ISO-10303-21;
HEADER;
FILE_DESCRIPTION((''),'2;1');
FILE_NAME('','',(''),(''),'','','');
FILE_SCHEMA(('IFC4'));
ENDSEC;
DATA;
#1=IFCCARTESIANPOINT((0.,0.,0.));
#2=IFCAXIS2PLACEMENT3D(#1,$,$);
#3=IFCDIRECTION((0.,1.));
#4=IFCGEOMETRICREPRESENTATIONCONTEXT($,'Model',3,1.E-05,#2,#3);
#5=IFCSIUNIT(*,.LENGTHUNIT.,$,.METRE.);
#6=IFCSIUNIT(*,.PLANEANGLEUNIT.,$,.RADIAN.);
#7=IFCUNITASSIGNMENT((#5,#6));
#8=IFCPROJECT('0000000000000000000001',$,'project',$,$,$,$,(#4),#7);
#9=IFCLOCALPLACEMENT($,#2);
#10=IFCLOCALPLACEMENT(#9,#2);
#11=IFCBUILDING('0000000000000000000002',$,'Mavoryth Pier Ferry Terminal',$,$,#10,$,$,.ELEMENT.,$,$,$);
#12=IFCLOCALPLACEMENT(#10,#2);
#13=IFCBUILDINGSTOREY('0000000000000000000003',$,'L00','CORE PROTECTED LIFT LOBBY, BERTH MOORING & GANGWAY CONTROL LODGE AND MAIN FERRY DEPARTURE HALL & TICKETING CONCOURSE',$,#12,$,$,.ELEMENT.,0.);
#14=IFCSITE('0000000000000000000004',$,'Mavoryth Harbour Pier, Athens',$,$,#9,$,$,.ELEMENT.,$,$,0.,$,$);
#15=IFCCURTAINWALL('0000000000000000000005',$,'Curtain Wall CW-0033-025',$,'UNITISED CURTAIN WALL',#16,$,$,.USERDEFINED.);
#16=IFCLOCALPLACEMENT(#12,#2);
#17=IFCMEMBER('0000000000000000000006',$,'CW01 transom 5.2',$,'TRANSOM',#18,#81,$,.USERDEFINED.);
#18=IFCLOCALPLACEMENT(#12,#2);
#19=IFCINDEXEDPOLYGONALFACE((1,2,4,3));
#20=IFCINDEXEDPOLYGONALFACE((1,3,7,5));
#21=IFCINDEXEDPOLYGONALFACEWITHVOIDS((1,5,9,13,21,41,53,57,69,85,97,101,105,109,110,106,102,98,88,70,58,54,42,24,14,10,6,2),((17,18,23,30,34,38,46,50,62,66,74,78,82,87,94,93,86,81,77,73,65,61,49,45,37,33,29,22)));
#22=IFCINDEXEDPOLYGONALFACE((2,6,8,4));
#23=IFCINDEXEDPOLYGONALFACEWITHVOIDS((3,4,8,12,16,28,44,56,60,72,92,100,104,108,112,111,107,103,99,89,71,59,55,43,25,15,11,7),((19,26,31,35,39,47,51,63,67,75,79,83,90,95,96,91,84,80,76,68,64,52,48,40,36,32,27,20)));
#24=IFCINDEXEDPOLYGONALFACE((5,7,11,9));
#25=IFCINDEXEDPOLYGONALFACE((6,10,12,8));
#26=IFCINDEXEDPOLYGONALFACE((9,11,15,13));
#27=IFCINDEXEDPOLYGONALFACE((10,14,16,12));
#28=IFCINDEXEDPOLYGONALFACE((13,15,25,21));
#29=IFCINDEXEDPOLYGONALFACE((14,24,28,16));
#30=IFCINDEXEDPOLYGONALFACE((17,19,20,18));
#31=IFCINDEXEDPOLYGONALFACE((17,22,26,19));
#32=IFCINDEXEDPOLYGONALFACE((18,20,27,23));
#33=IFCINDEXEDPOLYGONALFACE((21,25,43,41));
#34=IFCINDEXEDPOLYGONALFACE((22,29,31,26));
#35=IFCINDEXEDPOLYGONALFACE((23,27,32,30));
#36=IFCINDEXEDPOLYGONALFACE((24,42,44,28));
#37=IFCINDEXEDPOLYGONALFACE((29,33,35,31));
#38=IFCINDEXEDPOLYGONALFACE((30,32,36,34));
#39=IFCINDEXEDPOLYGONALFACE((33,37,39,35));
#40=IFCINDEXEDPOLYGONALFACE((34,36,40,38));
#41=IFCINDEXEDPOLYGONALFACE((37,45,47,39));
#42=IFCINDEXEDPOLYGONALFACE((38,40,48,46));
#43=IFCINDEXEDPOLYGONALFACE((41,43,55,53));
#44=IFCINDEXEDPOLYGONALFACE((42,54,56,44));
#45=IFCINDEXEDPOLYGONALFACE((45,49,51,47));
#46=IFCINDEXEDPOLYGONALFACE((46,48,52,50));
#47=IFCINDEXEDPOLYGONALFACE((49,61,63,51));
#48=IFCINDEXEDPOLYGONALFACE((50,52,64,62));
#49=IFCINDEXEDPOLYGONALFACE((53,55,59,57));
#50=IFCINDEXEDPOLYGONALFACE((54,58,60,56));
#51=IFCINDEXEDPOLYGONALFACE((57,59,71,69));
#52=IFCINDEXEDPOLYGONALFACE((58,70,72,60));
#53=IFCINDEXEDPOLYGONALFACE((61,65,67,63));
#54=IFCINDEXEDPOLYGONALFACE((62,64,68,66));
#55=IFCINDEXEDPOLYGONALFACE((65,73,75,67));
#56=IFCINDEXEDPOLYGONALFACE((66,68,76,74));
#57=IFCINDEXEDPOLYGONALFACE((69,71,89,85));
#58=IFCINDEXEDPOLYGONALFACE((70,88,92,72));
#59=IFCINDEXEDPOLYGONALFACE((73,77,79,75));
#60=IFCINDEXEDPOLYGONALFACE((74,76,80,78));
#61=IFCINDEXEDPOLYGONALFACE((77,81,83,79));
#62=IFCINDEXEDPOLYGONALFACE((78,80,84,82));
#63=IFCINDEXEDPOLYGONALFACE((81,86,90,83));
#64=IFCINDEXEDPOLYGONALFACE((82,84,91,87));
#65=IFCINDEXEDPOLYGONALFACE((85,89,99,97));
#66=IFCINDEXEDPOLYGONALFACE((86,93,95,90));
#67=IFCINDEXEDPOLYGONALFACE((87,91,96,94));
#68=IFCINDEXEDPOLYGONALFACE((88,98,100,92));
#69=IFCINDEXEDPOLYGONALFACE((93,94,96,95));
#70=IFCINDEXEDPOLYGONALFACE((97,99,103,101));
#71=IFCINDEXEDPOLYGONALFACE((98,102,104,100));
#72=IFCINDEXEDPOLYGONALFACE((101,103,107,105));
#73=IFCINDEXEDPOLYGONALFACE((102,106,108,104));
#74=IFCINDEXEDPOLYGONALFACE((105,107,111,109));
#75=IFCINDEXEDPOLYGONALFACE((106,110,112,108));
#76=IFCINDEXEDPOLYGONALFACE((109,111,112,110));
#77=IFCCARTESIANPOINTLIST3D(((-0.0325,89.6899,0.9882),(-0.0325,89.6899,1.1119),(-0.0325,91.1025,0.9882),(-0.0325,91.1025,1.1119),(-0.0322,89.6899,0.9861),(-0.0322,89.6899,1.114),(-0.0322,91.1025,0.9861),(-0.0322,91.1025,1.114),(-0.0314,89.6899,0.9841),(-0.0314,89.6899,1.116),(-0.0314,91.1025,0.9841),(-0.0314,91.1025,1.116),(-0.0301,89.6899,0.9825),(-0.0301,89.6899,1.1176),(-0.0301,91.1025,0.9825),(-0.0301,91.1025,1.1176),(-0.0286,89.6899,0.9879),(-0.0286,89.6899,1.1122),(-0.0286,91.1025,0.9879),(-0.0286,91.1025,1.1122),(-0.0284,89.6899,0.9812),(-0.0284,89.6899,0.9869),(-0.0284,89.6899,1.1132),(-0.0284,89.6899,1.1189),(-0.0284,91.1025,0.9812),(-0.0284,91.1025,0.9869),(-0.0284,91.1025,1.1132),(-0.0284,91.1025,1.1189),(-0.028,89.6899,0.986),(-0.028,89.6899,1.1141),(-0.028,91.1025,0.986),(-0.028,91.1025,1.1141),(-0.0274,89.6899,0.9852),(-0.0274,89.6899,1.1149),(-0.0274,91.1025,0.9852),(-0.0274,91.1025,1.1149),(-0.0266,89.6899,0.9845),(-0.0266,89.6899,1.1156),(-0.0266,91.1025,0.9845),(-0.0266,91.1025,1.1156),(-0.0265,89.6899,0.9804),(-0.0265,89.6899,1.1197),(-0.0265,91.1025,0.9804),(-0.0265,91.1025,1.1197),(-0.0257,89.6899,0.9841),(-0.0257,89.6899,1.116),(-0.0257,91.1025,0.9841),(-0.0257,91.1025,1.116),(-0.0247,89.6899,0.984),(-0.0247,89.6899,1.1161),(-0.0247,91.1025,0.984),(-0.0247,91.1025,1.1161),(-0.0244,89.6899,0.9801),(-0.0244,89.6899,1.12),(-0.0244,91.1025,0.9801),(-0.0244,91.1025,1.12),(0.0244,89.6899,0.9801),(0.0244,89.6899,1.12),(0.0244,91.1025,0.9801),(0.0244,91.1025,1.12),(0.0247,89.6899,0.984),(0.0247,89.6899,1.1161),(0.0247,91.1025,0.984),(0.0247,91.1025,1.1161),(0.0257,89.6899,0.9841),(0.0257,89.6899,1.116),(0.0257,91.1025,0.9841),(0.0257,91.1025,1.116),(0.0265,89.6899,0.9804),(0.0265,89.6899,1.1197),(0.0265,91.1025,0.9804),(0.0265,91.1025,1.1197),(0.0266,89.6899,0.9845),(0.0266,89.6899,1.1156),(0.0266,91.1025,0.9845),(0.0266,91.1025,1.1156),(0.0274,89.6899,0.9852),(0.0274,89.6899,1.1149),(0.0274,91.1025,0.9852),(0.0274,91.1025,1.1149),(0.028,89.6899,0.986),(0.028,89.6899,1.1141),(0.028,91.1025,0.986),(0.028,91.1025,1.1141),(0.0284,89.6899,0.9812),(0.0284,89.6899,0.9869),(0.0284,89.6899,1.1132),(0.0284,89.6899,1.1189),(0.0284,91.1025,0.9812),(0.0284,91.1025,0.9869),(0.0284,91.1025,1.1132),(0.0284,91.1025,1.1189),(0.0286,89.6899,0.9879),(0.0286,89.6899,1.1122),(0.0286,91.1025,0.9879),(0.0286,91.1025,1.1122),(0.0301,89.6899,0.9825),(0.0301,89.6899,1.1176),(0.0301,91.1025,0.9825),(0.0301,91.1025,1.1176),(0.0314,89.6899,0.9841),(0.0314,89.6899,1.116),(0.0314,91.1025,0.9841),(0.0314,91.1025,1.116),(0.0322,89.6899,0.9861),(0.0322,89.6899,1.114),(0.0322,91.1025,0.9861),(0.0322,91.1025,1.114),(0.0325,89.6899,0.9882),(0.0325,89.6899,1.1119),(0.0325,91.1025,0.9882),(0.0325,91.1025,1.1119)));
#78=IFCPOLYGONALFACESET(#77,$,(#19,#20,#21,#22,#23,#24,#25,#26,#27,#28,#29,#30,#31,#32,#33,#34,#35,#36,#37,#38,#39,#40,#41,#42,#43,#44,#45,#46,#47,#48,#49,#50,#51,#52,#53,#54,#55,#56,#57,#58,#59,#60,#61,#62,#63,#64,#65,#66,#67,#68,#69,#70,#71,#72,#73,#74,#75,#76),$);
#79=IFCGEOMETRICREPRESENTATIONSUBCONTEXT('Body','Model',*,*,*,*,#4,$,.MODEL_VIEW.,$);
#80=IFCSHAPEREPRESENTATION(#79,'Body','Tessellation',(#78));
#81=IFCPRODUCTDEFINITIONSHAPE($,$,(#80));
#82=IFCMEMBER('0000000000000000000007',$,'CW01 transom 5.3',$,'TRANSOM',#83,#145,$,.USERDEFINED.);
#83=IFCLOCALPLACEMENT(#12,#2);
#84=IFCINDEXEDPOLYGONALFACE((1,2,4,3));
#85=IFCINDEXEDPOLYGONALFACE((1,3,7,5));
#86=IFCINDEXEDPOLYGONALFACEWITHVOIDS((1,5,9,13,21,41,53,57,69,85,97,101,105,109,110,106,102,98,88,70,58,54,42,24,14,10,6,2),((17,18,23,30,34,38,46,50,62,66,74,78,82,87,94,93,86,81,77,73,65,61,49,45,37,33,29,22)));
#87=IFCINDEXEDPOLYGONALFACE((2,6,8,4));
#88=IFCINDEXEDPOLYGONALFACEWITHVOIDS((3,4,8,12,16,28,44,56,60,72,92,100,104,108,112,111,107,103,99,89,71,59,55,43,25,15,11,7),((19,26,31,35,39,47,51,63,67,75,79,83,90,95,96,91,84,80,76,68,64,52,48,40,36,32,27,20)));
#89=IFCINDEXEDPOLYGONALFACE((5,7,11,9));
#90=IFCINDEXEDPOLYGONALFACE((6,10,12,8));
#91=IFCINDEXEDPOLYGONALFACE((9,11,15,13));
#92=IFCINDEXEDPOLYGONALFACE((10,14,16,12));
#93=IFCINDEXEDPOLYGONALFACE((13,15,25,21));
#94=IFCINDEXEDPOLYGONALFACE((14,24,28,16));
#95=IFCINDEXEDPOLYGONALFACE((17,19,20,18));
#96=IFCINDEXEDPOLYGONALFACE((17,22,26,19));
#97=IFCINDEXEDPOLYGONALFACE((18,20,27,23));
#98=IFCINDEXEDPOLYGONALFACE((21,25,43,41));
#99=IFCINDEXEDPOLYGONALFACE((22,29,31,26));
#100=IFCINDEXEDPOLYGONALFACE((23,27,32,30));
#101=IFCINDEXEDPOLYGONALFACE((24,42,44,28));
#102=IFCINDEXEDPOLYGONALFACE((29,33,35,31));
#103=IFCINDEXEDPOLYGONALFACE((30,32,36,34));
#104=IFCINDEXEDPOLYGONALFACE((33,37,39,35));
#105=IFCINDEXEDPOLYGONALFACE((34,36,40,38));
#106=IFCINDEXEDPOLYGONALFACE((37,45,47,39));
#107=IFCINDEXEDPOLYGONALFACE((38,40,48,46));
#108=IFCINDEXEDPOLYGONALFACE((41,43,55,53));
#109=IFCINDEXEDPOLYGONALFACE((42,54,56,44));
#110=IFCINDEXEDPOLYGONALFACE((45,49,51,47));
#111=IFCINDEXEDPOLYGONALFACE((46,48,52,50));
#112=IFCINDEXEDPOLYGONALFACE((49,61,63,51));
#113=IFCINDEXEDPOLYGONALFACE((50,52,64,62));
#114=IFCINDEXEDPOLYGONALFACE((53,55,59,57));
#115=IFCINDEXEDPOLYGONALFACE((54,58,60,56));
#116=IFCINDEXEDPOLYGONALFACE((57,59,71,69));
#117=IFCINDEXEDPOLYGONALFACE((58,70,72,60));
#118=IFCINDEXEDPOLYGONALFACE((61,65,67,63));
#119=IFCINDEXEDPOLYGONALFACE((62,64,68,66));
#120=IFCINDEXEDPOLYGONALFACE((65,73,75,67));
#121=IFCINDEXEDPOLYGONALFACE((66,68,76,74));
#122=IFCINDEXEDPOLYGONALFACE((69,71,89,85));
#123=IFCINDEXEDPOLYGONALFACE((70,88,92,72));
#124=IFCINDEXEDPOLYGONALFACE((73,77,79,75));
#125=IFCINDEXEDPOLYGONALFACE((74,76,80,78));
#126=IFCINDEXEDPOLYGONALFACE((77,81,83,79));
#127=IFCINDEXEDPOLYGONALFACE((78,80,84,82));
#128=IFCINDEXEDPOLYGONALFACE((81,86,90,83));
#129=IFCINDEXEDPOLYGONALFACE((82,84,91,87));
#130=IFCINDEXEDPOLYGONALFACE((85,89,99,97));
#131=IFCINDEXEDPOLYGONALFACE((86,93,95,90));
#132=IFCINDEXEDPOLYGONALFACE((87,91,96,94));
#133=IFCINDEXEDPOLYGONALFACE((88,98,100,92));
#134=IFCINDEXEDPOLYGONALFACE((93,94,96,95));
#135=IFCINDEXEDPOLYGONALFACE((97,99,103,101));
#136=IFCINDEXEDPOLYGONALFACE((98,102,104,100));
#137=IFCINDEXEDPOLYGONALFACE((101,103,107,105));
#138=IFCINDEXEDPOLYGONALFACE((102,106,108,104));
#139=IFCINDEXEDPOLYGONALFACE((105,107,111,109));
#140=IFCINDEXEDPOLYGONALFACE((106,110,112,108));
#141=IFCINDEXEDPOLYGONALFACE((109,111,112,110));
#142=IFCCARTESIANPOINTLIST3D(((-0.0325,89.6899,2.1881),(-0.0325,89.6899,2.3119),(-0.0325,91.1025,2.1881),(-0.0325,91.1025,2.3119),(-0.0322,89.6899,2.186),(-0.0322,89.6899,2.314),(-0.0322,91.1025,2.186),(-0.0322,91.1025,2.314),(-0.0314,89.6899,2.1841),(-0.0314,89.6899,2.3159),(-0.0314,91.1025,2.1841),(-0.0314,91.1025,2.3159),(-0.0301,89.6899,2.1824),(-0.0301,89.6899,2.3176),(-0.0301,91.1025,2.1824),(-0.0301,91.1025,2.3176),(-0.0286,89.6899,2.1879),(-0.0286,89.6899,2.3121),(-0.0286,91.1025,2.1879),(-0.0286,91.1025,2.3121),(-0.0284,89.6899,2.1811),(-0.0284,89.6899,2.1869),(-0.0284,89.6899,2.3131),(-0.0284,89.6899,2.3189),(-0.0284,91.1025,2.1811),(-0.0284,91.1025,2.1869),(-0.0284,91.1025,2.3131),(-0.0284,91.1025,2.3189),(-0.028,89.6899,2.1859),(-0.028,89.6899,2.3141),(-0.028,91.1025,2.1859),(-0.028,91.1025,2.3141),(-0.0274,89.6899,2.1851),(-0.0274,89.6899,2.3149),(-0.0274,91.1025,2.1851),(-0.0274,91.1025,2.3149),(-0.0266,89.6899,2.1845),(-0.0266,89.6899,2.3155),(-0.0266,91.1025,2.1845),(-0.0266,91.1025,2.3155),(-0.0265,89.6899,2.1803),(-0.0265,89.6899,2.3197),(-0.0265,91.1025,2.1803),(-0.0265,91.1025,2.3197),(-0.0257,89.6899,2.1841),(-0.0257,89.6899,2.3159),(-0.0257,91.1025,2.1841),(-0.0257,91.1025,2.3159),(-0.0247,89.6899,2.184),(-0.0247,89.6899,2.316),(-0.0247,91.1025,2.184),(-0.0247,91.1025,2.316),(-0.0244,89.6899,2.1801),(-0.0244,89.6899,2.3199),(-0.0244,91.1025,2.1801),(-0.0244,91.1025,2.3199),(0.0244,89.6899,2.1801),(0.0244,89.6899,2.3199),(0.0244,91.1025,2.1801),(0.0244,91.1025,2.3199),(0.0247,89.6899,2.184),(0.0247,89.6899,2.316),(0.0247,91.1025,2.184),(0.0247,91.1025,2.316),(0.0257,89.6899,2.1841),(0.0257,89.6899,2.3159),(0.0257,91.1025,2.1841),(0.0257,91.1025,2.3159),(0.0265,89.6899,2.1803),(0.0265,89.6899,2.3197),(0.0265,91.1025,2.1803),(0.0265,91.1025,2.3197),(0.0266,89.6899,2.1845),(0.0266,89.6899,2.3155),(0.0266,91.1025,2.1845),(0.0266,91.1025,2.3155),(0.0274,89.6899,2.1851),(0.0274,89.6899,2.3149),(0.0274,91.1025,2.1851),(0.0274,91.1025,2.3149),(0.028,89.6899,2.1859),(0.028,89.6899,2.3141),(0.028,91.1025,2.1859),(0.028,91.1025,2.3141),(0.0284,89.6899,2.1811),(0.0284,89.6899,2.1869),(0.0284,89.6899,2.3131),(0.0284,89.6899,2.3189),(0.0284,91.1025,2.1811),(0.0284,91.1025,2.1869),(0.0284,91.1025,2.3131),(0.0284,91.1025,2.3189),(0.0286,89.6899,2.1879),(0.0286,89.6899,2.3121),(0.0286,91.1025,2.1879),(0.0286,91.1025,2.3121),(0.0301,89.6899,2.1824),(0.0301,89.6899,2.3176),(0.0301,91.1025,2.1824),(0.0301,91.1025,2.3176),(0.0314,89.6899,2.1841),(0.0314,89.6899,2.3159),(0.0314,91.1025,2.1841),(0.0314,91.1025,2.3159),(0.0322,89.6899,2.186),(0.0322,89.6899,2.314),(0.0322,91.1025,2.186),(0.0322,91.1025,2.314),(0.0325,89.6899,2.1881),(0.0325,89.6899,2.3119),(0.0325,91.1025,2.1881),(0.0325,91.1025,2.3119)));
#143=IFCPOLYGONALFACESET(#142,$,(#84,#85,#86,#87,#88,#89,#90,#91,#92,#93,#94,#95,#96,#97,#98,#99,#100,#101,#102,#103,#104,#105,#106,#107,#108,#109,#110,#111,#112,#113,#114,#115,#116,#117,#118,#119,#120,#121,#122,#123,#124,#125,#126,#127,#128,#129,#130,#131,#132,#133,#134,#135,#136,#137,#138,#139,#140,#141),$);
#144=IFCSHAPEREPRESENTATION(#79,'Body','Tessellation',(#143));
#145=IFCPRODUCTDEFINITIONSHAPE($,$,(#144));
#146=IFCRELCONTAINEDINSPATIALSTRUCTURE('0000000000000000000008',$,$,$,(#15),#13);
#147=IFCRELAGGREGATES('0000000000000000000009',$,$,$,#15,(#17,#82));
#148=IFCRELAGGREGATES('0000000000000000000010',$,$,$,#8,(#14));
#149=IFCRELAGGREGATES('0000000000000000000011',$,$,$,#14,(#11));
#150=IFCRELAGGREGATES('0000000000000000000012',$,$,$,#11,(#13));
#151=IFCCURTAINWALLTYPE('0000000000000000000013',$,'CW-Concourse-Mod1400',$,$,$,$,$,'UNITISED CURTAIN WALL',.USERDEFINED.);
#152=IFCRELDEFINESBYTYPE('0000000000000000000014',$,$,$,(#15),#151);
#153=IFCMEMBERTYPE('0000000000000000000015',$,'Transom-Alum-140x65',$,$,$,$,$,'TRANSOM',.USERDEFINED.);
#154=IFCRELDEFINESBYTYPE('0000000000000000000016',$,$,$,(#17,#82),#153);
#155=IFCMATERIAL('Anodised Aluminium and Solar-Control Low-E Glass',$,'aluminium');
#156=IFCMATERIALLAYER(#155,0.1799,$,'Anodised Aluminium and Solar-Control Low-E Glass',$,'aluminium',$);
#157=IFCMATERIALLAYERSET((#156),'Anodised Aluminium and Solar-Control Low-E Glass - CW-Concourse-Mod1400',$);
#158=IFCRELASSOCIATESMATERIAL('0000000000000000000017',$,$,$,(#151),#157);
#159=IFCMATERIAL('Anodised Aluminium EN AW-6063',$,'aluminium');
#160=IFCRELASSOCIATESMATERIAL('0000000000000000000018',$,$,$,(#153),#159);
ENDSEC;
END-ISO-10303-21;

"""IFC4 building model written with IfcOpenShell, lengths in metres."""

from ifc_helpers import new_model, si_unit, direction, frame, origin, origin_2d, place, context, subcontext, project, spatial, hollow_rectangle, extrude, material, layer, layer_set, material_profile, profile_set, type_object, element, aggregate, save


model = new_model("IFC4")

# Units and contexts
model_context = context("Model", 3, precision=1e-05, world=origin(), true_north=direction((0.0, 1.0)))
body_context = subcontext(model_context, "Body", "Model", "MODEL_VIEW")
ifc_project = project(units=[si_unit("LENGTHUNIT", "METRE"), si_unit("PLANEANGLEUNIT", "RADIAN")], contexts=[model_context])

# Site, building, storey
site_placement = place(None, origin())
site = spatial("IfcSite", under=ifc_project, at=site_placement, Name="Mavoryth Harbour Pier, Athens", CompositionType="ELEMENT", RefElevation=0.0)
building_placement = place(site_placement, origin())
building = spatial("IfcBuilding", under=site, at=building_placement, Name="Mavoryth Pier Ferry Terminal", CompositionType="ELEMENT")
storey_placement = place(building_placement, origin())
storey = spatial("IfcBuildingStorey", under=building, at=storey_placement, Name="L00", Description="CORE PROTECTED LIFT LOBBY, BERTH MOORING & GANGWAY CONTROL LODGE AND MAIN FERRY DEPARTURE HALL & TICKETING CONCOURSE", CompositionType="ELEMENT", Elevation=0.0)

# Curtain wall, members
ifc_material_1 = material(Name="Anodised Aluminium and Solar-Control Low-E Glass", Category="aluminium")
ifc_layer_1 = layer(ifc_material_1, 0.1799, Name="Anodised Aluminium and Solar-Control Low-E Glass", Category="aluminium")
ifc_layer_set_1 = layer_set([ifc_layer_1], Name="Anodised Aluminium and Solar-Control Low-E Glass - CW-Concourse-Mod1400")
curtain_wall_type = type_object("IfcCurtainWallType", Name="CW-Concourse-Mod1400", ElementType="UNITISED CURTAIN WALL", PredefinedType="USERDEFINED", material=ifc_layer_set_1)
curtain_wall_placement = place(storey_placement, origin())
curtain_wall = element("IfcCurtainWall", 1, at=curtain_wall_placement, inside=storey, type_object=curtain_wall_type, Name="Curtain Wall CW-0033-025", ObjectType="UNITISED CURTAIN WALL", PredefinedType="USERDEFINED")
ifc_material_2 = material(Name="Anodised Aluminium EN AW-6063", Category="aluminium")
ifc_material_profile_1 = material_profile(ifc_material_2, hollow_rectangle(XDim=0.0649, YDim=0.1399, WallThickness=0.0039, InnerFilletRadius=0.0039, OuterFilletRadius=0.0081, at=origin_2d()), Name="AL-TRAN 140x65x4", Category="aluminium")
ifc_profile_set_1 = profile_set([ifc_material_profile_1], Name="Anodised Aluminium EN AW-6063 - AL-TRAN 140x65x4")
member_type_1 = type_object("IfcMemberType", Name="Transom-Alum-140x65", ElementType="TRANSOM", PredefinedType="USERDEFINED", material=ifc_profile_set_1)
member_1_placement = place(storey_placement, frame((0.0, 91.1025, 1.05), z_axis=(0.0, -1.0, 0.0), x_axis=(1.0, 0.0, 0.0)))
member_1 = element("IfcMember", 2, at=member_1_placement, type_object=member_type_1, Name="CW01 transom 5.2", ObjectType="TRANSOM", PredefinedType="USERDEFINED", context=body_context, shape_type="SweptSolid", body=[
    extrude(hollow_rectangle(XDim=0.0649, YDim=0.1399, WallThickness=0.0039, InnerFilletRadius=0.0039, OuterFilletRadius=0.0081, at=origin_2d()), origin(), (0.0, 0.0, 1.0), 1.4126),
])
member_2_placement = place(storey_placement, frame((0.0, 91.1025, 2.25), z_axis=(0.0, -1.0, 0.0), x_axis=(1.0, 0.0, 0.0)))
member_2 = element("IfcMember", 3, at=member_2_placement, type_object=member_type_1, Name="CW01 transom 5.3", ObjectType="TRANSOM", PredefinedType="USERDEFINED", context=body_context, shape_type="SweptSolid", body=[
    extrude(hollow_rectangle(XDim=0.0649, YDim=0.1399, WallThickness=0.0039, InnerFilletRadius=0.0039, OuterFilletRadius=0.0081, at=origin_2d()), origin(), (0.0, 0.0, 1.0), 1.4126),
])
aggregate(curtain_wall, [member_1, member_2])

save(model, "model.ifc")
